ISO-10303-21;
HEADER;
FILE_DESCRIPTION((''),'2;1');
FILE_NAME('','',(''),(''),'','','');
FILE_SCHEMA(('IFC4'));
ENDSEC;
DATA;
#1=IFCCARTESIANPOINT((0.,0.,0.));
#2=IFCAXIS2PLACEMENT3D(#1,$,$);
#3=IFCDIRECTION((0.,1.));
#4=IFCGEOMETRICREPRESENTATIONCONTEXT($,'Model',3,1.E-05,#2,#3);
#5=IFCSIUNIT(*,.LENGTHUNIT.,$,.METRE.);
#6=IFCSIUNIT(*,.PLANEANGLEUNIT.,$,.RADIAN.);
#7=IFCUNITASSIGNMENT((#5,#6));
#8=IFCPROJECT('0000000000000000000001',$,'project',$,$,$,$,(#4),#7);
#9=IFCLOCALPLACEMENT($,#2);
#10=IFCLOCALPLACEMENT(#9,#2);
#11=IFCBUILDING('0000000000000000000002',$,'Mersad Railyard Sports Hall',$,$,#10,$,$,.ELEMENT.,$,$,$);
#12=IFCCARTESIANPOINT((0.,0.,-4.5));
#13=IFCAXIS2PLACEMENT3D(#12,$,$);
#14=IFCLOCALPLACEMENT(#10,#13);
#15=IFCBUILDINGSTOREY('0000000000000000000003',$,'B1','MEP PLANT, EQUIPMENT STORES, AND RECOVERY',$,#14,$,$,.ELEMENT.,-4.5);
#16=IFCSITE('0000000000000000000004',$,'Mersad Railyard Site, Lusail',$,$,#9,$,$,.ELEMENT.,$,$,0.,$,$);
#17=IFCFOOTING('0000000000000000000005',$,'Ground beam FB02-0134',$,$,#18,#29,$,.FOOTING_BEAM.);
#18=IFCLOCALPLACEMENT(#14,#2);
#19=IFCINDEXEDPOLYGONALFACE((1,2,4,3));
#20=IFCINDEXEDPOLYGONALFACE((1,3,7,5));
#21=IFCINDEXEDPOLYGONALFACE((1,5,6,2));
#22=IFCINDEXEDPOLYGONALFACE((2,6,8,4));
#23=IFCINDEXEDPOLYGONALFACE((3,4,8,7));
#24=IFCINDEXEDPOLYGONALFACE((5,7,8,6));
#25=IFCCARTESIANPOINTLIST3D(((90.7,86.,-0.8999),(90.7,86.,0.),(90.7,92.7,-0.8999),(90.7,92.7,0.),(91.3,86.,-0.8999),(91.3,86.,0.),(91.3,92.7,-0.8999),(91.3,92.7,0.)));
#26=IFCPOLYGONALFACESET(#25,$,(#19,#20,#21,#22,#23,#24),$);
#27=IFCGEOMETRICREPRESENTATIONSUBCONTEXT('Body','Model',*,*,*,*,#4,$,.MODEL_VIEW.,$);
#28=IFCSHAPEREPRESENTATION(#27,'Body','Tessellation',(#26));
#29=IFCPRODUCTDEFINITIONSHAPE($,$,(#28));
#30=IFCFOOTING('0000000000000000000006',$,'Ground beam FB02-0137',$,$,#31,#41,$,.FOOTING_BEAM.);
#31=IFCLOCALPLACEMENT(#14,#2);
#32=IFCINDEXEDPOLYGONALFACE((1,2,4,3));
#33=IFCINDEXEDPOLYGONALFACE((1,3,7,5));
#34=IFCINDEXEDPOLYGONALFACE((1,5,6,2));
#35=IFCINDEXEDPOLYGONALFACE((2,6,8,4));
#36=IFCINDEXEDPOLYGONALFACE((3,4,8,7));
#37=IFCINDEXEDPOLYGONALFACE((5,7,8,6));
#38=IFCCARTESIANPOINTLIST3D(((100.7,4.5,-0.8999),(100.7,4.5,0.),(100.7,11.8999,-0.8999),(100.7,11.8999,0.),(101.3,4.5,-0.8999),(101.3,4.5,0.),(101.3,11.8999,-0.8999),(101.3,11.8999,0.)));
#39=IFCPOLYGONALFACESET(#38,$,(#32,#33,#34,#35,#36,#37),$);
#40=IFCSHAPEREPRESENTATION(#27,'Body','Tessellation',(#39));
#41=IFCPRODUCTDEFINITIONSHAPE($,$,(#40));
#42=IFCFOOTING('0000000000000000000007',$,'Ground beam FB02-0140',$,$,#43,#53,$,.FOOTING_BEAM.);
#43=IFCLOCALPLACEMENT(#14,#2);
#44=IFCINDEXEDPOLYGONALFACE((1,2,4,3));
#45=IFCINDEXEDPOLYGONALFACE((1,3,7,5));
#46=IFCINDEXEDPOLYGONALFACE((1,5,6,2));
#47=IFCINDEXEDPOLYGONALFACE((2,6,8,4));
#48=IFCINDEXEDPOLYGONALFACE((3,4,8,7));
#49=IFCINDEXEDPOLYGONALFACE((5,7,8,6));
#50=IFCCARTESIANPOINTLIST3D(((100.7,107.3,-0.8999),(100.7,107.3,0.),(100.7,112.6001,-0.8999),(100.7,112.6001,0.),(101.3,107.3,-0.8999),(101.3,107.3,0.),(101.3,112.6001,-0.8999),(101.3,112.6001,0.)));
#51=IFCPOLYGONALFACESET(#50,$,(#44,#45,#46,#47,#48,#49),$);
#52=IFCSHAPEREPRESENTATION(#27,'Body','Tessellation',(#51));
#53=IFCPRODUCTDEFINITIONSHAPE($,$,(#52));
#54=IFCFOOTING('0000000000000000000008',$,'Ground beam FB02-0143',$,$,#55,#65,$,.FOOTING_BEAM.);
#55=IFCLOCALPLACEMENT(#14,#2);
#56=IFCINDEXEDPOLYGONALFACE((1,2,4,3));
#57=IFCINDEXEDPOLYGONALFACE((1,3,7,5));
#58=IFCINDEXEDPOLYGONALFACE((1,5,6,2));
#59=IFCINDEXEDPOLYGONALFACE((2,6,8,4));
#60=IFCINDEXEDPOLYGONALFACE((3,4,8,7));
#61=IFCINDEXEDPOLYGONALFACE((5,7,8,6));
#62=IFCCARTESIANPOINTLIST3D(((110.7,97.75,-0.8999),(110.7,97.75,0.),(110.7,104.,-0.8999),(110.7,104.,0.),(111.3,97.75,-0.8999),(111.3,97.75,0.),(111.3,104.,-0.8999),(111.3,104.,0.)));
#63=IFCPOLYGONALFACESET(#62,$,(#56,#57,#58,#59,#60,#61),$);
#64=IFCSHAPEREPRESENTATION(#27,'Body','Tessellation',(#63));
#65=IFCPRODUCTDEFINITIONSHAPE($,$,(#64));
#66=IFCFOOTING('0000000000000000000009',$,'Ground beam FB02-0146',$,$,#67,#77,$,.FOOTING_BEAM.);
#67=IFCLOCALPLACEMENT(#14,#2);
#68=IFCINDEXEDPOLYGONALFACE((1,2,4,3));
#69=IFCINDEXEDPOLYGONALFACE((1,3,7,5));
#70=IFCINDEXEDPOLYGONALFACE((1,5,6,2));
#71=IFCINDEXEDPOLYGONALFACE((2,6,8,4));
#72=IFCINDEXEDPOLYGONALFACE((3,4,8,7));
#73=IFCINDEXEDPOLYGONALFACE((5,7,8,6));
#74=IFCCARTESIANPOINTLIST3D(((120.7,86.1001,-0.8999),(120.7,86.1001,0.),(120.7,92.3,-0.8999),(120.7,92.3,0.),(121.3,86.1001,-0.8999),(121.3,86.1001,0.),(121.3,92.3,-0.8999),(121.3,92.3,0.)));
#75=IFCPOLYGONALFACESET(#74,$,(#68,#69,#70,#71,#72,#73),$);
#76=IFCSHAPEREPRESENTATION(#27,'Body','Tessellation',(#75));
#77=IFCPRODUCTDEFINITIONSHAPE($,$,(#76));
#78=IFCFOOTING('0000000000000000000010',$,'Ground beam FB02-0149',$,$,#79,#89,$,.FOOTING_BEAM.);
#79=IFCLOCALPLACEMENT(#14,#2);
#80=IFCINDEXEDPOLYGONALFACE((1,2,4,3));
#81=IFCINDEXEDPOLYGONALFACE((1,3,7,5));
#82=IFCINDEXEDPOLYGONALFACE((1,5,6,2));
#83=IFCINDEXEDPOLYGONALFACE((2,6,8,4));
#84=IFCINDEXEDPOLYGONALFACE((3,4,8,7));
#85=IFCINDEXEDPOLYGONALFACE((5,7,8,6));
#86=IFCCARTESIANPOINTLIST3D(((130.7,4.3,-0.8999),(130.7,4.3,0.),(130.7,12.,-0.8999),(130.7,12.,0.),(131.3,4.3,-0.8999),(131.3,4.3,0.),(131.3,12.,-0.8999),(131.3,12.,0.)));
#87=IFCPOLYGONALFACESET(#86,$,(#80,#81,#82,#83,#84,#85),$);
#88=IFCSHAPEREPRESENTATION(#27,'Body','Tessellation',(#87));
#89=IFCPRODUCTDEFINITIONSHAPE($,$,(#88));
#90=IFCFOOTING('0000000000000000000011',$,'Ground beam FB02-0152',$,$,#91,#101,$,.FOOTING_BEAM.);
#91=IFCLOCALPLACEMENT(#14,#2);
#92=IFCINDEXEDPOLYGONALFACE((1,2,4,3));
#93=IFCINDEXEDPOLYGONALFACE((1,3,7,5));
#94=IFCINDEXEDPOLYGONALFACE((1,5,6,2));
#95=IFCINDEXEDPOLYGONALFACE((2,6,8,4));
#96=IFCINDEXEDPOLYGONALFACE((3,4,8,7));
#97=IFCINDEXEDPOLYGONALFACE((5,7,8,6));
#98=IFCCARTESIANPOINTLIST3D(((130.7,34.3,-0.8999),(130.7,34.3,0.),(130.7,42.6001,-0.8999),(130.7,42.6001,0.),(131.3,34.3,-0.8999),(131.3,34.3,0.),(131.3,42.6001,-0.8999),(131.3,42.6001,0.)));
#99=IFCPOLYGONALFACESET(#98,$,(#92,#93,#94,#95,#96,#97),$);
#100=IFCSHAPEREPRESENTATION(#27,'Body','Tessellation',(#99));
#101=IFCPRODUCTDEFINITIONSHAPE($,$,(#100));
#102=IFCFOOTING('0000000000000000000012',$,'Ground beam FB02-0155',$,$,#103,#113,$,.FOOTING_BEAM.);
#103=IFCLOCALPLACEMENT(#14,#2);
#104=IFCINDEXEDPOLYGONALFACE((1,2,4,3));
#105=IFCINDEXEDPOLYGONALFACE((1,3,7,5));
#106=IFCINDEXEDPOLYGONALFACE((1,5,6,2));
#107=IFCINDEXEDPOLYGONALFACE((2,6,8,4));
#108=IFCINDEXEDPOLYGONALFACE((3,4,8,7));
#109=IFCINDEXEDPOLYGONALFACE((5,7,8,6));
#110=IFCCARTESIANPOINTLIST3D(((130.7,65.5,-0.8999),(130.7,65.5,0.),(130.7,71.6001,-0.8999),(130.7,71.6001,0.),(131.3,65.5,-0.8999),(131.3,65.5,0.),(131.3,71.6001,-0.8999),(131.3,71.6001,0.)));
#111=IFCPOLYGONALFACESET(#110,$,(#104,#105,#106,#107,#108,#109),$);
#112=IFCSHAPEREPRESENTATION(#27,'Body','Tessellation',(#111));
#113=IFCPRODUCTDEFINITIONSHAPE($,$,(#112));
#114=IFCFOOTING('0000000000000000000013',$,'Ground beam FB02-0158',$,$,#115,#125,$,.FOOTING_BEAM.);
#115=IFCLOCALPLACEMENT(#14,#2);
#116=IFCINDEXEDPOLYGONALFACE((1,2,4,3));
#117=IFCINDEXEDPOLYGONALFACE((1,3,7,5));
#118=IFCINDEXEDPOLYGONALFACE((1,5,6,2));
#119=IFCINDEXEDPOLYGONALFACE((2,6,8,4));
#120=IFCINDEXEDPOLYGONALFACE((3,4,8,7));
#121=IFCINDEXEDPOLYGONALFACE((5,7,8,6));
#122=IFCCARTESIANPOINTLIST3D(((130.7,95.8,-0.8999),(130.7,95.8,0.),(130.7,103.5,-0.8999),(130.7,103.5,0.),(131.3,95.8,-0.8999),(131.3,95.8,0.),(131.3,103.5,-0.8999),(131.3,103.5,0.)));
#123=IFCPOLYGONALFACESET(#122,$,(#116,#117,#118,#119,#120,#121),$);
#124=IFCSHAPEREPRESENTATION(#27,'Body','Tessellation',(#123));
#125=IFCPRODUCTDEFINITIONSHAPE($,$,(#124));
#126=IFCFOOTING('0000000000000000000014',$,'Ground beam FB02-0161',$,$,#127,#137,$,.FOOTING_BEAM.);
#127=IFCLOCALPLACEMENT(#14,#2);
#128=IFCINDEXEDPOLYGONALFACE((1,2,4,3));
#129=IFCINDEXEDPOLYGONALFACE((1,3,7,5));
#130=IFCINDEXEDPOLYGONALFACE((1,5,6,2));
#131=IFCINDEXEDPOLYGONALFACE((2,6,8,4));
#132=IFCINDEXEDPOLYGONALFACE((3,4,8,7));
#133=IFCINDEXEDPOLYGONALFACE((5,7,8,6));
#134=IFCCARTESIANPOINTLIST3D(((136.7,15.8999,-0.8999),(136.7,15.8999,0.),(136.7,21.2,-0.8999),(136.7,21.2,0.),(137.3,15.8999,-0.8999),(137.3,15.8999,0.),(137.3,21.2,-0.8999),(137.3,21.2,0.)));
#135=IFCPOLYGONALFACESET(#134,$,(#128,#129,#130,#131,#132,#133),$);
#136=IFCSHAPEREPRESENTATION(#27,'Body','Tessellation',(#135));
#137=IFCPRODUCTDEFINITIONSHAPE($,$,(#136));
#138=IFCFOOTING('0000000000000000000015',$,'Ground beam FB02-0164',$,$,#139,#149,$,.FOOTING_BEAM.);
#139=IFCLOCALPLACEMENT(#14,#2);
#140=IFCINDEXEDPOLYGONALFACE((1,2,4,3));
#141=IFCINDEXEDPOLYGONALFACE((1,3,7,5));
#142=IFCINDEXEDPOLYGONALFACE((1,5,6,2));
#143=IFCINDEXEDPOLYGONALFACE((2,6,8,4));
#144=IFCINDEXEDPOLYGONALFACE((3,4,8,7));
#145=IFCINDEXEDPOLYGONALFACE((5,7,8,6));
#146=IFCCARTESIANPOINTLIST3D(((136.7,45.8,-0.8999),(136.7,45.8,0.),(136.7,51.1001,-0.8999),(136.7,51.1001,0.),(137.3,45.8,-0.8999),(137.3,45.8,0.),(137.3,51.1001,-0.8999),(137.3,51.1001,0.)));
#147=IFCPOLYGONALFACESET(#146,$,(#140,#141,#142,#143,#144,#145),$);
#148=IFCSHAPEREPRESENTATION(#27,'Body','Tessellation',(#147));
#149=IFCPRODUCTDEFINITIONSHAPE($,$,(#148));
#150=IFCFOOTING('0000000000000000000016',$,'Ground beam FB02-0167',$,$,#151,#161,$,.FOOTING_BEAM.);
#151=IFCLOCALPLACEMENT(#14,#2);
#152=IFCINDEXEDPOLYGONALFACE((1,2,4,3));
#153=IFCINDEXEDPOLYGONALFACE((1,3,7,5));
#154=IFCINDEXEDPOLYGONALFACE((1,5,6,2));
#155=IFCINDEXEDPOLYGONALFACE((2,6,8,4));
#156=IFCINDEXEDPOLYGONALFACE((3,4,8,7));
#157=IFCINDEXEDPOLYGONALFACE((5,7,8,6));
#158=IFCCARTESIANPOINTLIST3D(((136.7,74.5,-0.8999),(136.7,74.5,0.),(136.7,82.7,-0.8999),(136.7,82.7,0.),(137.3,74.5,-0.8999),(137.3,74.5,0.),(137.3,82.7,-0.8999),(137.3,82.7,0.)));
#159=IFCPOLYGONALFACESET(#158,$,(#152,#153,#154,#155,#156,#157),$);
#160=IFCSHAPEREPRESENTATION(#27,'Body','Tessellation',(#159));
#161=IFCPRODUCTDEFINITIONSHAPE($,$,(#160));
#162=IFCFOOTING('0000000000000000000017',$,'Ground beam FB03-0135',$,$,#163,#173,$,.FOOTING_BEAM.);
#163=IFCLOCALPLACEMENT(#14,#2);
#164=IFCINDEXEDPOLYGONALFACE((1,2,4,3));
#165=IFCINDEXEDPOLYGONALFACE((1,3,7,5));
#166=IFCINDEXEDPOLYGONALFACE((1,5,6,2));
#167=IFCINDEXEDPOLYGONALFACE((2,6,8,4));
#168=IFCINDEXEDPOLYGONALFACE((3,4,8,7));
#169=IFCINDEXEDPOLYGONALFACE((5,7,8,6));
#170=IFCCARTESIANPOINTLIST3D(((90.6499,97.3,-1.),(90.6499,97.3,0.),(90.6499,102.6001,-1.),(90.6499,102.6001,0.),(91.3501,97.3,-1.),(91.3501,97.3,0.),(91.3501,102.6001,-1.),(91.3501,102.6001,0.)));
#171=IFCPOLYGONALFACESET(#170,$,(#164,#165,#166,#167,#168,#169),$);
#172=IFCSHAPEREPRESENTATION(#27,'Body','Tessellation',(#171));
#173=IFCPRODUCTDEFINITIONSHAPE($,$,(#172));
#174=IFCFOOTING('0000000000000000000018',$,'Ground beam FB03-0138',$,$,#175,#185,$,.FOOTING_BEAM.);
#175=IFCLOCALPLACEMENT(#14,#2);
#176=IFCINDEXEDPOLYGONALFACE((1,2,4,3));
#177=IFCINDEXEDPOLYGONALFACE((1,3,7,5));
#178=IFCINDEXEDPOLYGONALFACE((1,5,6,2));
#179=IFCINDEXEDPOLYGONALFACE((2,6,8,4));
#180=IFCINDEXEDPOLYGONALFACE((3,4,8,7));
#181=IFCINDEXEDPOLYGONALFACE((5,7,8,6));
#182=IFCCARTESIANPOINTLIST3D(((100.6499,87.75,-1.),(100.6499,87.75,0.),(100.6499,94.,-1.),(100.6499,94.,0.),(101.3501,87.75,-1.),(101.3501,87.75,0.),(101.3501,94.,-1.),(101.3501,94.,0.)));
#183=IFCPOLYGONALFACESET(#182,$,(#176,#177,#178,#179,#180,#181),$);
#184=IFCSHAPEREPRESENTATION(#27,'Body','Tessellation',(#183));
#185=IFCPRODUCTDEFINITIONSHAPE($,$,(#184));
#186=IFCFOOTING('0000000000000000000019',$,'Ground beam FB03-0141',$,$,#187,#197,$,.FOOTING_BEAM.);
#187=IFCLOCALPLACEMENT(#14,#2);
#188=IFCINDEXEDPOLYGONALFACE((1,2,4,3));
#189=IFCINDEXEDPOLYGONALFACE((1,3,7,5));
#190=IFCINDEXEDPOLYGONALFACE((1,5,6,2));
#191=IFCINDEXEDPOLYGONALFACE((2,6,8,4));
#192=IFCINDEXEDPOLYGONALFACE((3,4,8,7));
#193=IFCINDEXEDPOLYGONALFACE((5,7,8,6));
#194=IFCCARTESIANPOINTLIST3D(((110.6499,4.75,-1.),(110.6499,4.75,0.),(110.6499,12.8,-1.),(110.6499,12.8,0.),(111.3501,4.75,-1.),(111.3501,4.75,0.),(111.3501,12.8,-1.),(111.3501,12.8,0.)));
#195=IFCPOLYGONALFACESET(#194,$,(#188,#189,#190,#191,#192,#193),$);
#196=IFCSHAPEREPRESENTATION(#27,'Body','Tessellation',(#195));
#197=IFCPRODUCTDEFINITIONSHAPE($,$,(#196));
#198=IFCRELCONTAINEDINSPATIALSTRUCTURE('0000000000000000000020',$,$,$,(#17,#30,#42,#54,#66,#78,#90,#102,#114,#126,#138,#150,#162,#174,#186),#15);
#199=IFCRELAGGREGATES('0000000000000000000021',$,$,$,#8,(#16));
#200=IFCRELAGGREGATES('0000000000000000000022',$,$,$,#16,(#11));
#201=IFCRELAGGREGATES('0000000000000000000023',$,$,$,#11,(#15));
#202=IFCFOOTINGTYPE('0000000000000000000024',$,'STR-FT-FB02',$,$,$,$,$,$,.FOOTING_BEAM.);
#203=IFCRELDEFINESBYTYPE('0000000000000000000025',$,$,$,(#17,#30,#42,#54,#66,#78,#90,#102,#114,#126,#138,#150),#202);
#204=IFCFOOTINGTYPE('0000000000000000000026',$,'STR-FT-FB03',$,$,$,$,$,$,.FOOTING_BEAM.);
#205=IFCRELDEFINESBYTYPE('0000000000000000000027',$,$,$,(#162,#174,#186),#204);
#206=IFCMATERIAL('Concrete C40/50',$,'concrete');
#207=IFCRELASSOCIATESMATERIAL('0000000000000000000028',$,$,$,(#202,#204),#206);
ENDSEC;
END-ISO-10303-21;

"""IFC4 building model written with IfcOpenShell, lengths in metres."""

from ifc_helpers import new_model, si_unit, direction, frame, origin, place, context, subcontext, project, spatial, polyline, outline, extrude, material, type_object, element, save


model = new_model("IFC4")

# Units and contexts
model_context = context("Model", 3, precision=1e-05, world=origin(), true_north=direction((0.0, 1.0)))
body_context = subcontext(model_context, "Body", "Model", "MODEL_VIEW")
ifc_project = project(units=[si_unit("LENGTHUNIT", "METRE"), si_unit("PLANEANGLEUNIT", "RADIAN")], contexts=[model_context])

# Site, building, storey
site_placement = place(None, origin())
site = spatial("IfcSite", under=ifc_project, at=site_placement, Name="Mersad Railyard Site, Lusail", CompositionType="ELEMENT", RefElevation=0.0)
building_placement = place(site_placement, origin())
building = spatial("IfcBuilding", under=site, at=building_placement, Name="Mersad Railyard Sports Hall", CompositionType="ELEMENT")
storey_placement = place(building_placement, frame((0.0, 0.0, -4.5)))
storey = spatial("IfcBuildingStorey", under=building, at=storey_placement, Name="B1", Description="MEP PLANT, EQUIPMENT STORES, AND RECOVERY", CompositionType="ELEMENT", Elevation=-4.5)

# Footings
ifc_material = material(Name="Concrete C40/50", Category="concrete")
footing_type_1 = type_object("IfcFootingType", Name="STR-FT-FB02", PredefinedType="FOOTING_BEAM", material=ifc_material)
footing_1_placement = place(storey_placement, frame((0.0, 0.0, -0.8999)))
element("IfcFooting", 1, at=footing_1_placement, inside=storey, type_object=footing_type_1, Name="Ground beam FB02-0134", PredefinedType="FOOTING_BEAM", context=body_context, shape_type="SweptSolid", body=[
    extrude(outline(polyline([(90.7, 86.0), (91.3, 86.0), (91.3, 92.7), (90.7, 92.7), (90.7, 86.0)])), origin(), (0.0, 0.0, 1.0), 0.8999),
])
footing_2_placement = place(storey_placement, frame((0.0, 0.0, -0.8999)))
element("IfcFooting", 2, at=footing_2_placement, inside=storey, type_object=footing_type_1, Name="Ground beam FB02-0137", PredefinedType="FOOTING_BEAM", context=body_context, shape_type="SweptSolid", body=[
    extrude(outline(polyline([(100.7, 4.5), (101.3, 4.5), (101.3, 11.8999), (100.7, 11.8999), (100.7, 4.5)])), origin(), (0.0, 0.0, 1.0), 0.8999),
])
footing_3_placement = place(storey_placement, frame((0.0, 0.0, -0.8999)))
element("IfcFooting", 3, at=footing_3_placement, inside=storey, type_object=footing_type_1, Name="Ground beam FB02-0140", PredefinedType="FOOTING_BEAM", context=body_context, shape_type="SweptSolid", body=[
    extrude(outline(polyline([(100.7, 107.3), (101.3, 107.3), (101.3, 112.6001), (100.7, 112.6001), (100.7, 107.3)])), origin(), (0.0, 0.0, 1.0), 0.8999),
])
footing_4_placement = place(storey_placement, frame((0.0, 0.0, -0.8999)))
element("IfcFooting", 4, at=footing_4_placement, inside=storey, type_object=footing_type_1, Name="Ground beam FB02-0143", PredefinedType="FOOTING_BEAM", context=body_context, shape_type="SweptSolid", body=[
    extrude(outline(polyline([(110.7, 97.75), (111.3, 97.75), (111.3, 104.0), (110.7, 104.0), (110.7, 97.75)])), origin(), (0.0, 0.0, 1.0), 0.8999),
])
footing_5_placement = place(storey_placement, frame((0.0, 0.0, -0.8999)))
element("IfcFooting", 5, at=footing_5_placement, inside=storey, type_object=footing_type_1, Name="Ground beam FB02-0146", PredefinedType="FOOTING_BEAM", context=body_context, shape_type="SweptSolid", body=[
    extrude(outline(polyline([(120.7, 86.1001), (121.3, 86.1001), (121.3, 92.3), (120.7, 92.3), (120.7, 86.1001)])), origin(), (0.0, 0.0, 1.0), 0.8999),
])
footing_6_placement = place(storey_placement, frame((0.0, 0.0, -0.8999)))
element("IfcFooting", 6, at=footing_6_placement, inside=storey, type_object=footing_type_1, Name="Ground beam FB02-0149", PredefinedType="FOOTING_BEAM", context=body_context, shape_type="SweptSolid", body=[
    extrude(outline(polyline([(130.7, 4.3), (131.3, 4.3), (131.3, 12.0), (130.7, 12.0), (130.7, 4.3)])), origin(), (0.0, 0.0, 1.0), 0.8999),
])
footing_7_placement = place(storey_placement, frame((0.0, 0.0, -0.8999)))
element("IfcFooting", 7, at=footing_7_placement, inside=storey, type_object=footing_type_1, Name="Ground beam FB02-0152", PredefinedType="FOOTING_BEAM", context=body_context, shape_type="SweptSolid", body=[
    extrude(outline(polyline([(130.7, 34.3), (131.3, 34.3), (131.3, 42.6001), (130.7, 42.6001), (130.7, 34.3)])), origin(), (0.0, 0.0, 1.0), 0.8999),
])
footing_8_placement = place(storey_placement, frame((0.0, 0.0, -0.8999)))
element("IfcFooting", 8, at=footing_8_placement, inside=storey, type_object=footing_type_1, Name="Ground beam FB02-0155", PredefinedType="FOOTING_BEAM", context=body_context, shape_type="SweptSolid", body=[
    extrude(outline(polyline([(130.7, 65.5), (131.3, 65.5), (131.3, 71.6001), (130.7, 71.6001), (130.7, 65.5)])), origin(), (0.0, 0.0, 1.0), 0.8999),
])
footing_9_placement = place(storey_placement, frame((0.0, 0.0, -0.8999)))
element("IfcFooting", 9, at=footing_9_placement, inside=storey, type_object=footing_type_1, Name="Ground beam FB02-0158", PredefinedType="FOOTING_BEAM", context=body_context, shape_type="SweptSolid", body=[
    extrude(outline(polyline([(130.7, 95.8), (131.3, 95.8), (131.3, 103.5), (130.7, 103.5), (130.7, 95.8)])), origin(), (0.0, 0.0, 1.0), 0.8999),
])
footing_10_placement = place(storey_placement, frame((0.0, 0.0, -0.8999)))
element("IfcFooting", 10, at=footing_10_placement, inside=storey, type_object=footing_type_1, Name="Ground beam FB02-0161", PredefinedType="FOOTING_BEAM", context=body_context, shape_type="SweptSolid", body=[
    extrude(outline(polyline([(136.7, 15.8999), (137.3, 15.8999), (137.3, 21.2), (136.7, 21.2), (136.7, 15.8999)])), origin(), (0.0, 0.0, 1.0), 0.8999),
])
footing_11_placement = place(storey_placement, frame((0.0, 0.0, -0.8999)))
element("IfcFooting", 11, at=footing_11_placement, inside=storey, type_object=footing_type_1, Name="Ground beam FB02-0164", PredefinedType="FOOTING_BEAM", context=body_context, shape_type="SweptSolid", body=[
    extrude(outline(polyline([(136.7, 45.8), (137.3, 45.8), (137.3, 51.1001), (136.7, 51.1001), (136.7, 45.8)])), origin(), (0.0, 0.0, 1.0), 0.8999),
])
footing_12_placement = place(storey_placement, frame((0.0, 0.0, -0.8999)))
element("IfcFooting", 12, at=footing_12_placement, inside=storey, type_object=footing_type_1, Name="Ground beam FB02-0167", PredefinedType="FOOTING_BEAM", context=body_context, shape_type="SweptSolid", body=[
    extrude(outline(polyline([(136.7, 74.5), (137.3, 74.5), (137.3, 82.7), (136.7, 82.7), (136.7, 74.5)])), origin(), (0.0, 0.0, 1.0), 0.8999),
])
footing_type_2 = type_object("IfcFootingType", Name="STR-FT-FB03", PredefinedType="FOOTING_BEAM", material=ifc_material)
footing_13_placement = place(storey_placement, frame((0.0, 0.0, -1.0)))
element("IfcFooting", 13, at=footing_13_placement, inside=storey, type_object=footing_type_2, Name="Ground beam FB03-0135", PredefinedType="FOOTING_BEAM", context=body_context, shape_type="SweptSolid", body=[
    extrude(outline(polyline([(90.6499, 97.3), (91.3501, 97.3), (91.3501, 102.6001), (90.6499, 102.6001), (90.6499, 97.3)])), origin(), (0.0, 0.0, 1.0), 1.0),
])
footing_14_placement = place(storey_placement, frame((0.0, 0.0, -1.0)))
element("IfcFooting", 14, at=footing_14_placement, inside=storey, type_object=footing_type_2, Name="Ground beam FB03-0138", PredefinedType="FOOTING_BEAM", context=body_context, shape_type="SweptSolid", body=[
    extrude(outline(polyline([(100.6499, 87.75), (101.3501, 87.75), (101.3501, 94.0), (100.6499, 94.0), (100.6499, 87.75)])), origin(), (0.0, 0.0, 1.0), 1.0),
])
footing_15_placement = place(storey_placement, frame((0.0, 0.0, -1.0)))
element("IfcFooting", 15, at=footing_15_placement, inside=storey, type_object=footing_type_2, Name="Ground beam FB03-0141", PredefinedType="FOOTING_BEAM", context=body_context, shape_type="SweptSolid", body=[
    extrude(outline(polyline([(110.6499, 4.75), (111.3501, 4.75), (111.3501, 12.8), (110.6499, 12.8), (110.6499, 4.75)])), origin(), (0.0, 0.0, 1.0), 1.0),
])

save(model, "model.ifc")
